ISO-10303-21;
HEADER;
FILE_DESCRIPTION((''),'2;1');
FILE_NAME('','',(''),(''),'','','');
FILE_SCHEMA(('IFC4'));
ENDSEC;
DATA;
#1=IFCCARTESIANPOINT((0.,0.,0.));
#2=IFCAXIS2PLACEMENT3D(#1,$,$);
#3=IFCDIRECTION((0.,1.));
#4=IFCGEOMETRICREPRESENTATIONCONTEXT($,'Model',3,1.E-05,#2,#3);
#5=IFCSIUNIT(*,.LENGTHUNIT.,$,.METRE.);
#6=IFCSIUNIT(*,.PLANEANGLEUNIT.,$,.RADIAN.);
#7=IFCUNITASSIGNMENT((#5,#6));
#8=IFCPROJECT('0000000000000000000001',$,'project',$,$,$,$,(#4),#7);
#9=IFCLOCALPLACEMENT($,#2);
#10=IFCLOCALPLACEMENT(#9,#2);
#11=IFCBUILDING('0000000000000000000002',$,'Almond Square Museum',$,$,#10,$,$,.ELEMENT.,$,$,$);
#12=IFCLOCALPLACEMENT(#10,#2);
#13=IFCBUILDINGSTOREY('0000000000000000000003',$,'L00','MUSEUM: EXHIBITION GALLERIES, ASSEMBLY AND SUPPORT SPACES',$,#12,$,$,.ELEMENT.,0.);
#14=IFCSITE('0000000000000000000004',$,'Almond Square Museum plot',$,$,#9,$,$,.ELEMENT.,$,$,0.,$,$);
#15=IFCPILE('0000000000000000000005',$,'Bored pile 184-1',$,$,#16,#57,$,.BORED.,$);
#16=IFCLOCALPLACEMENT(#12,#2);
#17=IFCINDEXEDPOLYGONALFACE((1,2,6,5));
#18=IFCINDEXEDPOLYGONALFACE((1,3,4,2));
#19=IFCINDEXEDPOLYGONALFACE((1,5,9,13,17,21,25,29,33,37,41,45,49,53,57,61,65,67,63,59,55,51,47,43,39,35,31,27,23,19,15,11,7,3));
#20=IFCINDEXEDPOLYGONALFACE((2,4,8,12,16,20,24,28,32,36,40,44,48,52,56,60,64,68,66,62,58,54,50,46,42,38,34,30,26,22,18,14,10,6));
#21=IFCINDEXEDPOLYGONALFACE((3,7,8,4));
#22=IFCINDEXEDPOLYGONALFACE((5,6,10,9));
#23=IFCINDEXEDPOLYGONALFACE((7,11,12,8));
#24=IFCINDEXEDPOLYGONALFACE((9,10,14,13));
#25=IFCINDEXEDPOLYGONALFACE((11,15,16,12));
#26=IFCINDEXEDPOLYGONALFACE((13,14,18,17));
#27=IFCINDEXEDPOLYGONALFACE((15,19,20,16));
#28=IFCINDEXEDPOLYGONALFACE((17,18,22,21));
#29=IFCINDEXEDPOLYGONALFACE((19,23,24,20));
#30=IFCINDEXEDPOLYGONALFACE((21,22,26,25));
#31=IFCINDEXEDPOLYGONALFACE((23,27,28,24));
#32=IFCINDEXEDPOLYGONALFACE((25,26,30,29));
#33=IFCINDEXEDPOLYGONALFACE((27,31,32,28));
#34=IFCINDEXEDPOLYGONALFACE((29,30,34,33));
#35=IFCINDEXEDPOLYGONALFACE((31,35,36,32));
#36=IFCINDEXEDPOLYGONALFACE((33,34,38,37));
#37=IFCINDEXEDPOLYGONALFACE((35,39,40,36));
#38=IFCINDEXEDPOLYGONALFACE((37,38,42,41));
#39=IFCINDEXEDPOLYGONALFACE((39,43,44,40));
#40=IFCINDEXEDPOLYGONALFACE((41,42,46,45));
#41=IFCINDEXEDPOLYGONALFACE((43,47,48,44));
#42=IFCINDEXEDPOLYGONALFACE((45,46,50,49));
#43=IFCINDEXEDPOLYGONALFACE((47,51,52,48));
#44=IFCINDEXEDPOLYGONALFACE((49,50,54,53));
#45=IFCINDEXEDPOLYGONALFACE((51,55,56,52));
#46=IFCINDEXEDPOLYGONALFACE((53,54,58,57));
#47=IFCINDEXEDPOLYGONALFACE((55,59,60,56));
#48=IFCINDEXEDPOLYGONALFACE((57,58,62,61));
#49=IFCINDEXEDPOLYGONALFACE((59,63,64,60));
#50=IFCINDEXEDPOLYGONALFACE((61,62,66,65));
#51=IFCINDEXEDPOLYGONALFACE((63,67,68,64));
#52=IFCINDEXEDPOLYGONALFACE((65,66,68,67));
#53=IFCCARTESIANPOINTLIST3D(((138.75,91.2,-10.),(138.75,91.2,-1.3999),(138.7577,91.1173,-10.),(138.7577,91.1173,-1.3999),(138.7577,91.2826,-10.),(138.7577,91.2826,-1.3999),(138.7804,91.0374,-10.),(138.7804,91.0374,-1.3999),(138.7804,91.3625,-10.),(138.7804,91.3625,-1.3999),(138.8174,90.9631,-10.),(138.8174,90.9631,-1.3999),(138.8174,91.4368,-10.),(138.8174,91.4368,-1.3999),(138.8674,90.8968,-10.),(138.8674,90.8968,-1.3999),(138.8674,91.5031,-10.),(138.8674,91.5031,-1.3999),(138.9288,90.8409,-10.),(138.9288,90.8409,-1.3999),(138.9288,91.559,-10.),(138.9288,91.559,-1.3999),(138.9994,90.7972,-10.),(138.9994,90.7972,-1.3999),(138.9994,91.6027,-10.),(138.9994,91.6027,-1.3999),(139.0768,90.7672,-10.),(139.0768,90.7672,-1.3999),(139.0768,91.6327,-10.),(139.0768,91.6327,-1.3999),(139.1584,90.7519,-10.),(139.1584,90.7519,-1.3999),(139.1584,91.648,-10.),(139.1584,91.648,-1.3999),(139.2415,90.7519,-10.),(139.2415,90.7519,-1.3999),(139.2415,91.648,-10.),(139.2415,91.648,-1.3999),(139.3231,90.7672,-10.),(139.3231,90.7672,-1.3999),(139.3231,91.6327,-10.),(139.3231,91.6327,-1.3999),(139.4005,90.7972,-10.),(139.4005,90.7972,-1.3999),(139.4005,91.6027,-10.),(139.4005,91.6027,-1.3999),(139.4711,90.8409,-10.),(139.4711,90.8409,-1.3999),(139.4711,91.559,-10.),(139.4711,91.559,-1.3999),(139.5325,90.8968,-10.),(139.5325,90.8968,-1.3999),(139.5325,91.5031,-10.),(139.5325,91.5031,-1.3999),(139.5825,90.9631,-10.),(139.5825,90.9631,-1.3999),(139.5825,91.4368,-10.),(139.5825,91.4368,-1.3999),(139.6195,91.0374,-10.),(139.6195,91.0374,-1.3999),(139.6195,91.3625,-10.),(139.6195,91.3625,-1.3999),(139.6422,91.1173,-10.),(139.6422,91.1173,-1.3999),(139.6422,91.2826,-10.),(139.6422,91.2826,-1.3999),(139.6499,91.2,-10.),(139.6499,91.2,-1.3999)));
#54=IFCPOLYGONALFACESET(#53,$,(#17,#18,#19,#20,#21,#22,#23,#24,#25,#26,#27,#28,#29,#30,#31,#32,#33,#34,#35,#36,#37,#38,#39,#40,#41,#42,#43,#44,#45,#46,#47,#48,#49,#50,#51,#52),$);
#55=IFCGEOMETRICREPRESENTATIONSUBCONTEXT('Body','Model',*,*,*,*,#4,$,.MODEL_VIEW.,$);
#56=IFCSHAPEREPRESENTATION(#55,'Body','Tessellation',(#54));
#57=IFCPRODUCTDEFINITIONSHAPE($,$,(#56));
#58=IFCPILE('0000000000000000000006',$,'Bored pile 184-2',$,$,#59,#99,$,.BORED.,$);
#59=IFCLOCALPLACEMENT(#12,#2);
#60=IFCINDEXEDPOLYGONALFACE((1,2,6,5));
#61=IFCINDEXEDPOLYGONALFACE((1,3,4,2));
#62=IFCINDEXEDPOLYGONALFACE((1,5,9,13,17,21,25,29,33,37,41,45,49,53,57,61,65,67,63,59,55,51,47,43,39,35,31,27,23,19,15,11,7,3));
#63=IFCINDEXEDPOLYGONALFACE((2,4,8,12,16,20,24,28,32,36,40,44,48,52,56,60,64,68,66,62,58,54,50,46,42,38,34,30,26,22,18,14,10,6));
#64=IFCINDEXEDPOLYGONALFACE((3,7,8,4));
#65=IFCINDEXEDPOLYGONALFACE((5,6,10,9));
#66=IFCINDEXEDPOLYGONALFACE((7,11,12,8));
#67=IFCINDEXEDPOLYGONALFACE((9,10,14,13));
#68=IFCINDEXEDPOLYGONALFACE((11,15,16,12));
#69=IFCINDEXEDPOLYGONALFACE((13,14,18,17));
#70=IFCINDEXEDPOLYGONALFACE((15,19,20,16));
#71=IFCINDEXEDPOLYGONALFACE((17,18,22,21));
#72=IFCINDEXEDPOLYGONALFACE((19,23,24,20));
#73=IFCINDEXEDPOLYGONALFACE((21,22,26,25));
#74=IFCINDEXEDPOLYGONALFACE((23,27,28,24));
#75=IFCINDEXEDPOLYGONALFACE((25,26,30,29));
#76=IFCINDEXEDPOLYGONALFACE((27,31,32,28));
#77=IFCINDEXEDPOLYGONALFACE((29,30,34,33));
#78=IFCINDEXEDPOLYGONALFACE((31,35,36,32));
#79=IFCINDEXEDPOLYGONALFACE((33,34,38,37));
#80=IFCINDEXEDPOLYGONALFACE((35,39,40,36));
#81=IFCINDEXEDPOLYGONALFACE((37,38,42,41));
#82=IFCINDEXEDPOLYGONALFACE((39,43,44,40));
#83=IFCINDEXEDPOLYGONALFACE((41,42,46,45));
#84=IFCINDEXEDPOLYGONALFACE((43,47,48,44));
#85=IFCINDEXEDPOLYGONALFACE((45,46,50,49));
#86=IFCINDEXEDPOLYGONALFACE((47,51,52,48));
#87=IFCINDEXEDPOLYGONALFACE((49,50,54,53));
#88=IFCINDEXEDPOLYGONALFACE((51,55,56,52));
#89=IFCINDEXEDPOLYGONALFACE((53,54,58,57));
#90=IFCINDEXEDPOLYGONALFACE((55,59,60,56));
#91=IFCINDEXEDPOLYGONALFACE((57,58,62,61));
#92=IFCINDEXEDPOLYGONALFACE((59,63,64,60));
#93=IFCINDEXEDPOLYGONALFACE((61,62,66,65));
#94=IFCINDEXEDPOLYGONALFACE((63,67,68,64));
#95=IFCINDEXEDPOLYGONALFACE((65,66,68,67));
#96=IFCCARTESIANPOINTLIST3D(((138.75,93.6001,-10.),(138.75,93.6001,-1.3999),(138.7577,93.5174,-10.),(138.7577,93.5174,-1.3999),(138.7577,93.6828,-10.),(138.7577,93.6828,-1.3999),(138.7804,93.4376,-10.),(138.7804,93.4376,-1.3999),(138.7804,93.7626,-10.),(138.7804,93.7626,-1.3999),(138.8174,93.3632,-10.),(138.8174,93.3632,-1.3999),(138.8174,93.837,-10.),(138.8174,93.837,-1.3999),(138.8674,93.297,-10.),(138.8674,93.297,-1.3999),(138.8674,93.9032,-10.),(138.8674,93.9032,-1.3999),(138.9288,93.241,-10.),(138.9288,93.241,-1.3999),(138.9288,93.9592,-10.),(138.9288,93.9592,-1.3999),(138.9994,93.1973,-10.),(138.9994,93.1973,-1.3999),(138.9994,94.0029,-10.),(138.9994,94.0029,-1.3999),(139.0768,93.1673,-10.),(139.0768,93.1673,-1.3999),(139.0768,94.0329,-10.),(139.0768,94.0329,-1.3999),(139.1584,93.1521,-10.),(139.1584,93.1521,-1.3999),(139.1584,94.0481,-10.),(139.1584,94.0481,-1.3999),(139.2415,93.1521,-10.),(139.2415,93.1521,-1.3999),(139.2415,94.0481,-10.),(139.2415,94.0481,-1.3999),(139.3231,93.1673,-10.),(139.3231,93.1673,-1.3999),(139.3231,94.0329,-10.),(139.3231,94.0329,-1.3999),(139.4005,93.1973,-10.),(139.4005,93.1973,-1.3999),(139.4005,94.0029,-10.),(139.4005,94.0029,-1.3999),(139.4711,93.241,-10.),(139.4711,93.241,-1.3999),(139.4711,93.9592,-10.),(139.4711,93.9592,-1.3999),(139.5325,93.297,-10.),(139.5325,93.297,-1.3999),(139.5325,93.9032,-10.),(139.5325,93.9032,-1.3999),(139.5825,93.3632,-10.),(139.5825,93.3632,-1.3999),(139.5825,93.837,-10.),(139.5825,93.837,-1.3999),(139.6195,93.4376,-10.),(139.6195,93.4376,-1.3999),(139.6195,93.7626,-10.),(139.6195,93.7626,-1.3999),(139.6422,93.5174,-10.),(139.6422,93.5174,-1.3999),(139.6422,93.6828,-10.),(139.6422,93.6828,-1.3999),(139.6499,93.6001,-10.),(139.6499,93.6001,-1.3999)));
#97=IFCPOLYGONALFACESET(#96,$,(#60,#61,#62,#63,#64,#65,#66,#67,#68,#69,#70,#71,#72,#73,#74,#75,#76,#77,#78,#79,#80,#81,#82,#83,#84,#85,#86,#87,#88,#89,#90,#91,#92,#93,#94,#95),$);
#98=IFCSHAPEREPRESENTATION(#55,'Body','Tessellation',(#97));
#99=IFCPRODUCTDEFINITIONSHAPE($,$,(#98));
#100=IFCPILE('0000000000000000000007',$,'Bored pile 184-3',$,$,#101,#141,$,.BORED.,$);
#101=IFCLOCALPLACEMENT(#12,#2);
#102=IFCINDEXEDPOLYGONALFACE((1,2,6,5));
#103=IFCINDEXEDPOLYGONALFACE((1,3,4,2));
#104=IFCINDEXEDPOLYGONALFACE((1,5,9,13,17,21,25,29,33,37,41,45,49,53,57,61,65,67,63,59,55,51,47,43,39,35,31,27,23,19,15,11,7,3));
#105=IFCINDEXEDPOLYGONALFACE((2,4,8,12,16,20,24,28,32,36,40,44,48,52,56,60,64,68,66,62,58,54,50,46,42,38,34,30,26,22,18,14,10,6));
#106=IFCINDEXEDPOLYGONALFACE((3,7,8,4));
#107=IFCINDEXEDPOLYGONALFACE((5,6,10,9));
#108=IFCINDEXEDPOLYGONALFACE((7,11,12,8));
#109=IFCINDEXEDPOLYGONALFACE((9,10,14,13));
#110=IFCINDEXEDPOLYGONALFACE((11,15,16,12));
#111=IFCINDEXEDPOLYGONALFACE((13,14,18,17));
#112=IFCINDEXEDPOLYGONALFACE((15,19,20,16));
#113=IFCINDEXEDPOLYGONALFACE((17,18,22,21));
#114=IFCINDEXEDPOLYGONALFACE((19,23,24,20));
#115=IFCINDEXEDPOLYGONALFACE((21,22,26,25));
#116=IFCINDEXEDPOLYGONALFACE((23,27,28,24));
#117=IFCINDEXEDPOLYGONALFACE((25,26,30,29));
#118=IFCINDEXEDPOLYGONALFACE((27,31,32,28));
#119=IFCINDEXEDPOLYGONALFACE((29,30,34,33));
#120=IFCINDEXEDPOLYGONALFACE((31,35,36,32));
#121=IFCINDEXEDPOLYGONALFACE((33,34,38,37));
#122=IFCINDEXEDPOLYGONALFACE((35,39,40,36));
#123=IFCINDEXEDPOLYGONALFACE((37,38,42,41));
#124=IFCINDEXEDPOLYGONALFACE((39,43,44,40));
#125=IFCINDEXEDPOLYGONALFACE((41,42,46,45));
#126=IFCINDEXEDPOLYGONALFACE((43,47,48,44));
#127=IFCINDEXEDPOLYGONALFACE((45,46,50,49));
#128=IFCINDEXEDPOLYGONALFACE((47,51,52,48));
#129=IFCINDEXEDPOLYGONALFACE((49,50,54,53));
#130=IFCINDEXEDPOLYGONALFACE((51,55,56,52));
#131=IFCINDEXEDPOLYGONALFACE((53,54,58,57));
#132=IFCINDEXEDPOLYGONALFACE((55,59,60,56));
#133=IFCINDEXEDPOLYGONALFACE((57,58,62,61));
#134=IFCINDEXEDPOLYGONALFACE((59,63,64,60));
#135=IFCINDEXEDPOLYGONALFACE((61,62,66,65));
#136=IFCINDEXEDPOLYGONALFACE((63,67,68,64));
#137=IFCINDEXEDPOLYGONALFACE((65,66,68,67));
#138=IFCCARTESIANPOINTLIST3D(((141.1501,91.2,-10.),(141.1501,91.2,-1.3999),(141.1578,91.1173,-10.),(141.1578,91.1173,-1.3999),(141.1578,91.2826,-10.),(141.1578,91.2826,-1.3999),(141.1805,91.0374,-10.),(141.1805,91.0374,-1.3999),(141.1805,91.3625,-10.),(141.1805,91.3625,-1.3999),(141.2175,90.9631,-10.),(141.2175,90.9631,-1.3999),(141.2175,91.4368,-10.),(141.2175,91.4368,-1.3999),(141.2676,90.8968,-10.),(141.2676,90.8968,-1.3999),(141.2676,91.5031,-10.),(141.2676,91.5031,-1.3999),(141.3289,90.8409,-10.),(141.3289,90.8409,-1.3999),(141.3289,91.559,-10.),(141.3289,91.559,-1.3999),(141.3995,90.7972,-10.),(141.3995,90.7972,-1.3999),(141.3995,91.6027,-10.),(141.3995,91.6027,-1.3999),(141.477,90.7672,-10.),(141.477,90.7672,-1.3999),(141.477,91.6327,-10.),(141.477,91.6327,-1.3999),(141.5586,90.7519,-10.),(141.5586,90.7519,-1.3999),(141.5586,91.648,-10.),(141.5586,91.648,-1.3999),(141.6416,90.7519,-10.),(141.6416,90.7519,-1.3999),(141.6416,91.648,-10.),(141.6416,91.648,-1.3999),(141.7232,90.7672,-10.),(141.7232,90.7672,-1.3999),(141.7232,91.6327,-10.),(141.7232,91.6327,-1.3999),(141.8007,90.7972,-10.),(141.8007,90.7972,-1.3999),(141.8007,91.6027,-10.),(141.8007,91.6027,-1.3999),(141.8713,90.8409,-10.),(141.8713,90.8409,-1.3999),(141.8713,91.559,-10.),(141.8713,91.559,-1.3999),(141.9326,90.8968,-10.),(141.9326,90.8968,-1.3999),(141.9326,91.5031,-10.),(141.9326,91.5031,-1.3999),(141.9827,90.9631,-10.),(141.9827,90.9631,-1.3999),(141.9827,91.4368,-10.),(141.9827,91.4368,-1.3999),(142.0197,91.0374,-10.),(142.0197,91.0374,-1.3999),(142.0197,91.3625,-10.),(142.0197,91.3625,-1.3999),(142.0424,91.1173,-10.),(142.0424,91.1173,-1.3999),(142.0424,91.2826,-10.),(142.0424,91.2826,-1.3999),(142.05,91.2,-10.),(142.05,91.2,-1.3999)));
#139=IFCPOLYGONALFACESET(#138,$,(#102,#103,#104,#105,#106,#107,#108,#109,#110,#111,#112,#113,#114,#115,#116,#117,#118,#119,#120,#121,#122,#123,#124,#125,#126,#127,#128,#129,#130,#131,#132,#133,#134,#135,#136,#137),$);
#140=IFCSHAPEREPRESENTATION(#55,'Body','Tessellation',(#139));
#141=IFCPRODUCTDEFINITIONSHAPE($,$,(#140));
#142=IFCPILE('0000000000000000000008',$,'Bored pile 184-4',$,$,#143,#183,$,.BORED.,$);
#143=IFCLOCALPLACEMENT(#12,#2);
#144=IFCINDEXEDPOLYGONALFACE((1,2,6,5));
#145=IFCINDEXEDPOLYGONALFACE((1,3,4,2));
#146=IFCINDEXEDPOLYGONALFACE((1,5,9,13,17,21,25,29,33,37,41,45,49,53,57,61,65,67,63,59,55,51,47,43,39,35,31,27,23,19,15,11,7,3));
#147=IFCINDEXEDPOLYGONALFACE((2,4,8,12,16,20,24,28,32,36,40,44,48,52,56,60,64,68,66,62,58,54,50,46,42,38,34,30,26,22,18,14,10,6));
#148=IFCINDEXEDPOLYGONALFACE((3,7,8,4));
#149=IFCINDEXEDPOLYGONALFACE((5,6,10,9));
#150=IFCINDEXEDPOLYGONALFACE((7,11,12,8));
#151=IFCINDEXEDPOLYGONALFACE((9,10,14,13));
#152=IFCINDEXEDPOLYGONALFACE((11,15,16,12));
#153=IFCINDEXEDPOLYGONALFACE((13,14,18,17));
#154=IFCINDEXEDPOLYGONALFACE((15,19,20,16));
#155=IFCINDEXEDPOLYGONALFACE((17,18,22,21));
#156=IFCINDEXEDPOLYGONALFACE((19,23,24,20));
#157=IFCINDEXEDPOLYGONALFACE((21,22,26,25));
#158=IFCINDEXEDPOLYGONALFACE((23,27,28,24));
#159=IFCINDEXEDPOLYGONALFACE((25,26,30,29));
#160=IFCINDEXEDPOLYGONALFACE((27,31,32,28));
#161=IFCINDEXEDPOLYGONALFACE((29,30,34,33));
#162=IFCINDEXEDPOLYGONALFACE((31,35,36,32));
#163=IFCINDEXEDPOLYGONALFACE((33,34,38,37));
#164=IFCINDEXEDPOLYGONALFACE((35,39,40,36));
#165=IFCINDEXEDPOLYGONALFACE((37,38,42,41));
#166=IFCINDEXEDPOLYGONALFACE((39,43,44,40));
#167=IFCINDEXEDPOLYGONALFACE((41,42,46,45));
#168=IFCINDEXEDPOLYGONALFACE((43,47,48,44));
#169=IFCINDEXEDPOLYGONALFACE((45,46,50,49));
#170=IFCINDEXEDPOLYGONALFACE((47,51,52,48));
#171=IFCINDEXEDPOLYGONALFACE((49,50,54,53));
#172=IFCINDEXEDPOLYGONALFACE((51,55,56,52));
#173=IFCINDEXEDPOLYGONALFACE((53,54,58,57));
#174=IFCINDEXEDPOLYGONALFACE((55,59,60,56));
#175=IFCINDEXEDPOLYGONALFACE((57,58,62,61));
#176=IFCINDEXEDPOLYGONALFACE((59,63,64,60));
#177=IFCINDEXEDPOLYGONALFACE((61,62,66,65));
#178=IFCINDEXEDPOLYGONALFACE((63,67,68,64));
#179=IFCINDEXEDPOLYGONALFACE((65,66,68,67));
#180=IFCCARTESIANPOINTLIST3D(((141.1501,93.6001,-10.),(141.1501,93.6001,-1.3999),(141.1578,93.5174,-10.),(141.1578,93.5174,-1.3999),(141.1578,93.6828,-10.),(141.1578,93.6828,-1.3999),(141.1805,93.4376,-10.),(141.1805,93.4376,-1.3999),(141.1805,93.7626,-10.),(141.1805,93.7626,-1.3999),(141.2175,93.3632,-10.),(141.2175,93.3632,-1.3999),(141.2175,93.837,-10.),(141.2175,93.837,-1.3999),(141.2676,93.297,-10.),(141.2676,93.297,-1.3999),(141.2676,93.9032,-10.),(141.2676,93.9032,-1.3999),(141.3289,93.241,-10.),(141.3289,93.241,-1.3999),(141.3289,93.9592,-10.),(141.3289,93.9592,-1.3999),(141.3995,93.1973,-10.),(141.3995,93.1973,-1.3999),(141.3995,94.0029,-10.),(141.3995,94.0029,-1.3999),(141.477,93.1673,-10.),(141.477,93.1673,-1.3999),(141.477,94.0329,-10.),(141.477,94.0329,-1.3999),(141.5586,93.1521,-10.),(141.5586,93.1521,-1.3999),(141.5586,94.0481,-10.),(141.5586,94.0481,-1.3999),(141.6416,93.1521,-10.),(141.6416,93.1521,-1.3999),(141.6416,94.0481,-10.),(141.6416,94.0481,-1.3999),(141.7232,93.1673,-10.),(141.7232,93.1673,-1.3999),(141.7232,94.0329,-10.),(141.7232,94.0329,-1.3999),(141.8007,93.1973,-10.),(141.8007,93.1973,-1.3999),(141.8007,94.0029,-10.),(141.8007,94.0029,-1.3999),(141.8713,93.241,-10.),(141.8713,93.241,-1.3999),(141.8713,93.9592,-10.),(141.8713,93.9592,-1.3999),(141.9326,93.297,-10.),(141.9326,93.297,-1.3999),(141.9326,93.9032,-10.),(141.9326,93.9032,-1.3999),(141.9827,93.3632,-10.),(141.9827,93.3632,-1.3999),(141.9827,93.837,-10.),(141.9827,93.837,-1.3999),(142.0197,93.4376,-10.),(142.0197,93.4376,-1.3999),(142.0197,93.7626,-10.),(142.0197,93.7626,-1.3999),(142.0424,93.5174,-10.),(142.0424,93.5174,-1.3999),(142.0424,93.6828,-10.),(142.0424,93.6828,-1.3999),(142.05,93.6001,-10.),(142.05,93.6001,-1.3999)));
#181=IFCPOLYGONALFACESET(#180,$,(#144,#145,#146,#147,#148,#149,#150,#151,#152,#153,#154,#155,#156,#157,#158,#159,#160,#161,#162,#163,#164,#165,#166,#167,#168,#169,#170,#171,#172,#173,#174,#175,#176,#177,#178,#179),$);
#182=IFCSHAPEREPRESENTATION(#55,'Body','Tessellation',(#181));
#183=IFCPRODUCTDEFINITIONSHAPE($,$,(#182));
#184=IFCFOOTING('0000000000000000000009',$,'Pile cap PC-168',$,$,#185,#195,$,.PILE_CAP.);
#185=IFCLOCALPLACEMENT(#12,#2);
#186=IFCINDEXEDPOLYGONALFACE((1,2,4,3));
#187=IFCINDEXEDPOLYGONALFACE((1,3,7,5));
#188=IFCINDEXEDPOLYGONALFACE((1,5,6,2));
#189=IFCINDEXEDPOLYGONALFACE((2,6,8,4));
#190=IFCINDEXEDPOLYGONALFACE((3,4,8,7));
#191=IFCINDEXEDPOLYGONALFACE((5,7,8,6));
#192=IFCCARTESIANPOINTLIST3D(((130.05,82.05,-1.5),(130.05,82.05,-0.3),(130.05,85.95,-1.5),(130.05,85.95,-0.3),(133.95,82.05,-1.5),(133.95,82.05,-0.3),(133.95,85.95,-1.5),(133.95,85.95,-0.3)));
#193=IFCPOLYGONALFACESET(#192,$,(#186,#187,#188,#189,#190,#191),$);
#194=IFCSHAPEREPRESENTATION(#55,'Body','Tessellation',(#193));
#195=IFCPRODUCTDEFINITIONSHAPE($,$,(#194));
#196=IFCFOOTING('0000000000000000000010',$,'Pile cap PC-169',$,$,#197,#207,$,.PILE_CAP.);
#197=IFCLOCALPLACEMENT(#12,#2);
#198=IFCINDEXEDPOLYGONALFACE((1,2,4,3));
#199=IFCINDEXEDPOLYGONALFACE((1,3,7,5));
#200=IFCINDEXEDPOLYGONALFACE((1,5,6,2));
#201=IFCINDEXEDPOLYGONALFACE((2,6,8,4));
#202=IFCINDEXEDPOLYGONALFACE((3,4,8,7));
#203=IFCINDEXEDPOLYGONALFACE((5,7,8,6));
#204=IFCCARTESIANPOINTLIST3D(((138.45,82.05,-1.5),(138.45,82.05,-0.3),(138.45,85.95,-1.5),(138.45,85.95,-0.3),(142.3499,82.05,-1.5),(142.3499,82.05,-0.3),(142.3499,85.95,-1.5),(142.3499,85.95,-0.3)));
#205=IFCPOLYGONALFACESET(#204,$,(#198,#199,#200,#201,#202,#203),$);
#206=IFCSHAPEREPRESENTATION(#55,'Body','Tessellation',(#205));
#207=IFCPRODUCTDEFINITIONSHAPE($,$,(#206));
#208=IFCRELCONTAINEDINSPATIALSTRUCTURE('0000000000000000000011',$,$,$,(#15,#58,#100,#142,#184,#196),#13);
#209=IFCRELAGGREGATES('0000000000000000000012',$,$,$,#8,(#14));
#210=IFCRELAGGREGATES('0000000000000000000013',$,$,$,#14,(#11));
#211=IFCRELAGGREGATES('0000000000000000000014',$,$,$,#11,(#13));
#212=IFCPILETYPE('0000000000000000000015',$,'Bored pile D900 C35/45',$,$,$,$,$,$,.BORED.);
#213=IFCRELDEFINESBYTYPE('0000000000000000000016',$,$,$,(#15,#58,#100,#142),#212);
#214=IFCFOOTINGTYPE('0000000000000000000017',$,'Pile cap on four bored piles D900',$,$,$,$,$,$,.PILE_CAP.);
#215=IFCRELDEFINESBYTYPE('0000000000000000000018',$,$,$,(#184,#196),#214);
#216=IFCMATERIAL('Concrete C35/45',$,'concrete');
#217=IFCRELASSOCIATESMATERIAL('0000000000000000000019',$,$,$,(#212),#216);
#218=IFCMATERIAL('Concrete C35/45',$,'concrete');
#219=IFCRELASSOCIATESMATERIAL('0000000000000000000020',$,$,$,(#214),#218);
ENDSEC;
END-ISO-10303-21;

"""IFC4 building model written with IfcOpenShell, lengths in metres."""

from ifc_helpers import new_model, si_unit, direction, frame, origin, origin_2d, place, context, subcontext, project, spatial, rectangle, circle, extrude, material, material_profile, profile_set, type_object, element, save


model = new_model("IFC4")

# Units and contexts
model_context = context("Model", 3, precision=1e-05, world=origin(), true_north=direction((0.0, 1.0)))
body_context = subcontext(model_context, "Body", "Model", "MODEL_VIEW")
ifc_project = project(units=[si_unit("LENGTHUNIT", "METRE"), si_unit("PLANEANGLEUNIT", "RADIAN")], contexts=[model_context])

# Site, building, storey
site_placement = place(None, origin())
site = spatial("IfcSite", under=ifc_project, at=site_placement, Name="Almond Square Museum plot", CompositionType="ELEMENT", RefElevation=0.0)
building_placement = place(site_placement, origin())
building = spatial("IfcBuilding", under=site, at=building_placement, Name="Almond Square Museum", CompositionType="ELEMENT")
storey_placement = place(building_placement, origin())
storey = spatial("IfcBuildingStorey", under=building, at=storey_placement, Name="L00", Description="MUSEUM: EXHIBITION GALLERIES, ASSEMBLY AND SUPPORT SPACES", CompositionType="ELEMENT", Elevation=0.0)

# Piles
ifc_material_1 = material(Name="Concrete C35/45", Category="concrete")
ifc_material_profile_1 = material_profile(ifc_material_1, circle(Radius=0.45, at=origin_2d()))
ifc_profile_set_1 = profile_set([ifc_material_profile_1], Name="Concrete C35/45")
pile_type = type_object("IfcPileType", Name="Bored pile D900 C35/45", PredefinedType="BORED", material=ifc_profile_set_1)
for number, where, z_axis, x_axis, name in (
    (1, (139.2, 91.2, -1.3999), (0.0, 0.0, -1.0), (1.0, 0.0, 0.0), "Bored pile 184-1"),
    (2, (139.2, 93.6001, -1.3999), (0.0, 0.0, -1.0), (1.0, 0.0, 0.0), "Bored pile 184-2"),
    (3, (141.6001, 91.2, -1.3999), (0.0, 0.0, -1.0), (1.0, 0.0, 0.0), "Bored pile 184-3"),
    (4, (141.6001, 93.6001, -1.3999), (0.0, 0.0, -1.0), (1.0, 0.0, 0.0), "Bored pile 184-4"),
):
    element("IfcPile", number, at=place(storey_placement, frame(where, z_axis=z_axis, x_axis=x_axis)), inside=storey, type_object=pile_type, Name=name, PredefinedType="BORED", context=body_context, shape_type="SweptSolid", body=[
        extrude(circle(Radius=0.45, at=origin_2d()), origin(), (0.0, 0.0, 1.0), 8.6001),
    ])

# Footings
ifc_material_2 = material(Name="Concrete C35/45", Category="concrete")
footing_type = type_object("IfcFootingType", Name="Pile cap on four bored piles D900", PredefinedType="PILE_CAP", material=ifc_material_2)
for number, where, z_axis, x_axis, name in (
    (5, (132.0, 84.0, -1.5), (0.0, 0.0, 1.0), (1.0, 0.0, 0.0), "Pile cap PC-168"),
    (6, (140.3999, 84.0, -1.5), (0.0, 0.0, 1.0), (1.0, 0.0, 0.0), "Pile cap PC-169"),
):
    element("IfcFooting", number, at=place(storey_placement, frame(where, z_axis=z_axis, x_axis=x_axis)), inside=storey, type_object=footing_type, Name=name, PredefinedType="PILE_CAP", context=body_context, shape_type="SweptSolid", body=[
        extrude(rectangle(XDim=3.8999, YDim=3.8999, at=origin_2d()), origin(), (0.0, 0.0, 1.0), 1.2),
    ])

save(model, "model.ifc")
